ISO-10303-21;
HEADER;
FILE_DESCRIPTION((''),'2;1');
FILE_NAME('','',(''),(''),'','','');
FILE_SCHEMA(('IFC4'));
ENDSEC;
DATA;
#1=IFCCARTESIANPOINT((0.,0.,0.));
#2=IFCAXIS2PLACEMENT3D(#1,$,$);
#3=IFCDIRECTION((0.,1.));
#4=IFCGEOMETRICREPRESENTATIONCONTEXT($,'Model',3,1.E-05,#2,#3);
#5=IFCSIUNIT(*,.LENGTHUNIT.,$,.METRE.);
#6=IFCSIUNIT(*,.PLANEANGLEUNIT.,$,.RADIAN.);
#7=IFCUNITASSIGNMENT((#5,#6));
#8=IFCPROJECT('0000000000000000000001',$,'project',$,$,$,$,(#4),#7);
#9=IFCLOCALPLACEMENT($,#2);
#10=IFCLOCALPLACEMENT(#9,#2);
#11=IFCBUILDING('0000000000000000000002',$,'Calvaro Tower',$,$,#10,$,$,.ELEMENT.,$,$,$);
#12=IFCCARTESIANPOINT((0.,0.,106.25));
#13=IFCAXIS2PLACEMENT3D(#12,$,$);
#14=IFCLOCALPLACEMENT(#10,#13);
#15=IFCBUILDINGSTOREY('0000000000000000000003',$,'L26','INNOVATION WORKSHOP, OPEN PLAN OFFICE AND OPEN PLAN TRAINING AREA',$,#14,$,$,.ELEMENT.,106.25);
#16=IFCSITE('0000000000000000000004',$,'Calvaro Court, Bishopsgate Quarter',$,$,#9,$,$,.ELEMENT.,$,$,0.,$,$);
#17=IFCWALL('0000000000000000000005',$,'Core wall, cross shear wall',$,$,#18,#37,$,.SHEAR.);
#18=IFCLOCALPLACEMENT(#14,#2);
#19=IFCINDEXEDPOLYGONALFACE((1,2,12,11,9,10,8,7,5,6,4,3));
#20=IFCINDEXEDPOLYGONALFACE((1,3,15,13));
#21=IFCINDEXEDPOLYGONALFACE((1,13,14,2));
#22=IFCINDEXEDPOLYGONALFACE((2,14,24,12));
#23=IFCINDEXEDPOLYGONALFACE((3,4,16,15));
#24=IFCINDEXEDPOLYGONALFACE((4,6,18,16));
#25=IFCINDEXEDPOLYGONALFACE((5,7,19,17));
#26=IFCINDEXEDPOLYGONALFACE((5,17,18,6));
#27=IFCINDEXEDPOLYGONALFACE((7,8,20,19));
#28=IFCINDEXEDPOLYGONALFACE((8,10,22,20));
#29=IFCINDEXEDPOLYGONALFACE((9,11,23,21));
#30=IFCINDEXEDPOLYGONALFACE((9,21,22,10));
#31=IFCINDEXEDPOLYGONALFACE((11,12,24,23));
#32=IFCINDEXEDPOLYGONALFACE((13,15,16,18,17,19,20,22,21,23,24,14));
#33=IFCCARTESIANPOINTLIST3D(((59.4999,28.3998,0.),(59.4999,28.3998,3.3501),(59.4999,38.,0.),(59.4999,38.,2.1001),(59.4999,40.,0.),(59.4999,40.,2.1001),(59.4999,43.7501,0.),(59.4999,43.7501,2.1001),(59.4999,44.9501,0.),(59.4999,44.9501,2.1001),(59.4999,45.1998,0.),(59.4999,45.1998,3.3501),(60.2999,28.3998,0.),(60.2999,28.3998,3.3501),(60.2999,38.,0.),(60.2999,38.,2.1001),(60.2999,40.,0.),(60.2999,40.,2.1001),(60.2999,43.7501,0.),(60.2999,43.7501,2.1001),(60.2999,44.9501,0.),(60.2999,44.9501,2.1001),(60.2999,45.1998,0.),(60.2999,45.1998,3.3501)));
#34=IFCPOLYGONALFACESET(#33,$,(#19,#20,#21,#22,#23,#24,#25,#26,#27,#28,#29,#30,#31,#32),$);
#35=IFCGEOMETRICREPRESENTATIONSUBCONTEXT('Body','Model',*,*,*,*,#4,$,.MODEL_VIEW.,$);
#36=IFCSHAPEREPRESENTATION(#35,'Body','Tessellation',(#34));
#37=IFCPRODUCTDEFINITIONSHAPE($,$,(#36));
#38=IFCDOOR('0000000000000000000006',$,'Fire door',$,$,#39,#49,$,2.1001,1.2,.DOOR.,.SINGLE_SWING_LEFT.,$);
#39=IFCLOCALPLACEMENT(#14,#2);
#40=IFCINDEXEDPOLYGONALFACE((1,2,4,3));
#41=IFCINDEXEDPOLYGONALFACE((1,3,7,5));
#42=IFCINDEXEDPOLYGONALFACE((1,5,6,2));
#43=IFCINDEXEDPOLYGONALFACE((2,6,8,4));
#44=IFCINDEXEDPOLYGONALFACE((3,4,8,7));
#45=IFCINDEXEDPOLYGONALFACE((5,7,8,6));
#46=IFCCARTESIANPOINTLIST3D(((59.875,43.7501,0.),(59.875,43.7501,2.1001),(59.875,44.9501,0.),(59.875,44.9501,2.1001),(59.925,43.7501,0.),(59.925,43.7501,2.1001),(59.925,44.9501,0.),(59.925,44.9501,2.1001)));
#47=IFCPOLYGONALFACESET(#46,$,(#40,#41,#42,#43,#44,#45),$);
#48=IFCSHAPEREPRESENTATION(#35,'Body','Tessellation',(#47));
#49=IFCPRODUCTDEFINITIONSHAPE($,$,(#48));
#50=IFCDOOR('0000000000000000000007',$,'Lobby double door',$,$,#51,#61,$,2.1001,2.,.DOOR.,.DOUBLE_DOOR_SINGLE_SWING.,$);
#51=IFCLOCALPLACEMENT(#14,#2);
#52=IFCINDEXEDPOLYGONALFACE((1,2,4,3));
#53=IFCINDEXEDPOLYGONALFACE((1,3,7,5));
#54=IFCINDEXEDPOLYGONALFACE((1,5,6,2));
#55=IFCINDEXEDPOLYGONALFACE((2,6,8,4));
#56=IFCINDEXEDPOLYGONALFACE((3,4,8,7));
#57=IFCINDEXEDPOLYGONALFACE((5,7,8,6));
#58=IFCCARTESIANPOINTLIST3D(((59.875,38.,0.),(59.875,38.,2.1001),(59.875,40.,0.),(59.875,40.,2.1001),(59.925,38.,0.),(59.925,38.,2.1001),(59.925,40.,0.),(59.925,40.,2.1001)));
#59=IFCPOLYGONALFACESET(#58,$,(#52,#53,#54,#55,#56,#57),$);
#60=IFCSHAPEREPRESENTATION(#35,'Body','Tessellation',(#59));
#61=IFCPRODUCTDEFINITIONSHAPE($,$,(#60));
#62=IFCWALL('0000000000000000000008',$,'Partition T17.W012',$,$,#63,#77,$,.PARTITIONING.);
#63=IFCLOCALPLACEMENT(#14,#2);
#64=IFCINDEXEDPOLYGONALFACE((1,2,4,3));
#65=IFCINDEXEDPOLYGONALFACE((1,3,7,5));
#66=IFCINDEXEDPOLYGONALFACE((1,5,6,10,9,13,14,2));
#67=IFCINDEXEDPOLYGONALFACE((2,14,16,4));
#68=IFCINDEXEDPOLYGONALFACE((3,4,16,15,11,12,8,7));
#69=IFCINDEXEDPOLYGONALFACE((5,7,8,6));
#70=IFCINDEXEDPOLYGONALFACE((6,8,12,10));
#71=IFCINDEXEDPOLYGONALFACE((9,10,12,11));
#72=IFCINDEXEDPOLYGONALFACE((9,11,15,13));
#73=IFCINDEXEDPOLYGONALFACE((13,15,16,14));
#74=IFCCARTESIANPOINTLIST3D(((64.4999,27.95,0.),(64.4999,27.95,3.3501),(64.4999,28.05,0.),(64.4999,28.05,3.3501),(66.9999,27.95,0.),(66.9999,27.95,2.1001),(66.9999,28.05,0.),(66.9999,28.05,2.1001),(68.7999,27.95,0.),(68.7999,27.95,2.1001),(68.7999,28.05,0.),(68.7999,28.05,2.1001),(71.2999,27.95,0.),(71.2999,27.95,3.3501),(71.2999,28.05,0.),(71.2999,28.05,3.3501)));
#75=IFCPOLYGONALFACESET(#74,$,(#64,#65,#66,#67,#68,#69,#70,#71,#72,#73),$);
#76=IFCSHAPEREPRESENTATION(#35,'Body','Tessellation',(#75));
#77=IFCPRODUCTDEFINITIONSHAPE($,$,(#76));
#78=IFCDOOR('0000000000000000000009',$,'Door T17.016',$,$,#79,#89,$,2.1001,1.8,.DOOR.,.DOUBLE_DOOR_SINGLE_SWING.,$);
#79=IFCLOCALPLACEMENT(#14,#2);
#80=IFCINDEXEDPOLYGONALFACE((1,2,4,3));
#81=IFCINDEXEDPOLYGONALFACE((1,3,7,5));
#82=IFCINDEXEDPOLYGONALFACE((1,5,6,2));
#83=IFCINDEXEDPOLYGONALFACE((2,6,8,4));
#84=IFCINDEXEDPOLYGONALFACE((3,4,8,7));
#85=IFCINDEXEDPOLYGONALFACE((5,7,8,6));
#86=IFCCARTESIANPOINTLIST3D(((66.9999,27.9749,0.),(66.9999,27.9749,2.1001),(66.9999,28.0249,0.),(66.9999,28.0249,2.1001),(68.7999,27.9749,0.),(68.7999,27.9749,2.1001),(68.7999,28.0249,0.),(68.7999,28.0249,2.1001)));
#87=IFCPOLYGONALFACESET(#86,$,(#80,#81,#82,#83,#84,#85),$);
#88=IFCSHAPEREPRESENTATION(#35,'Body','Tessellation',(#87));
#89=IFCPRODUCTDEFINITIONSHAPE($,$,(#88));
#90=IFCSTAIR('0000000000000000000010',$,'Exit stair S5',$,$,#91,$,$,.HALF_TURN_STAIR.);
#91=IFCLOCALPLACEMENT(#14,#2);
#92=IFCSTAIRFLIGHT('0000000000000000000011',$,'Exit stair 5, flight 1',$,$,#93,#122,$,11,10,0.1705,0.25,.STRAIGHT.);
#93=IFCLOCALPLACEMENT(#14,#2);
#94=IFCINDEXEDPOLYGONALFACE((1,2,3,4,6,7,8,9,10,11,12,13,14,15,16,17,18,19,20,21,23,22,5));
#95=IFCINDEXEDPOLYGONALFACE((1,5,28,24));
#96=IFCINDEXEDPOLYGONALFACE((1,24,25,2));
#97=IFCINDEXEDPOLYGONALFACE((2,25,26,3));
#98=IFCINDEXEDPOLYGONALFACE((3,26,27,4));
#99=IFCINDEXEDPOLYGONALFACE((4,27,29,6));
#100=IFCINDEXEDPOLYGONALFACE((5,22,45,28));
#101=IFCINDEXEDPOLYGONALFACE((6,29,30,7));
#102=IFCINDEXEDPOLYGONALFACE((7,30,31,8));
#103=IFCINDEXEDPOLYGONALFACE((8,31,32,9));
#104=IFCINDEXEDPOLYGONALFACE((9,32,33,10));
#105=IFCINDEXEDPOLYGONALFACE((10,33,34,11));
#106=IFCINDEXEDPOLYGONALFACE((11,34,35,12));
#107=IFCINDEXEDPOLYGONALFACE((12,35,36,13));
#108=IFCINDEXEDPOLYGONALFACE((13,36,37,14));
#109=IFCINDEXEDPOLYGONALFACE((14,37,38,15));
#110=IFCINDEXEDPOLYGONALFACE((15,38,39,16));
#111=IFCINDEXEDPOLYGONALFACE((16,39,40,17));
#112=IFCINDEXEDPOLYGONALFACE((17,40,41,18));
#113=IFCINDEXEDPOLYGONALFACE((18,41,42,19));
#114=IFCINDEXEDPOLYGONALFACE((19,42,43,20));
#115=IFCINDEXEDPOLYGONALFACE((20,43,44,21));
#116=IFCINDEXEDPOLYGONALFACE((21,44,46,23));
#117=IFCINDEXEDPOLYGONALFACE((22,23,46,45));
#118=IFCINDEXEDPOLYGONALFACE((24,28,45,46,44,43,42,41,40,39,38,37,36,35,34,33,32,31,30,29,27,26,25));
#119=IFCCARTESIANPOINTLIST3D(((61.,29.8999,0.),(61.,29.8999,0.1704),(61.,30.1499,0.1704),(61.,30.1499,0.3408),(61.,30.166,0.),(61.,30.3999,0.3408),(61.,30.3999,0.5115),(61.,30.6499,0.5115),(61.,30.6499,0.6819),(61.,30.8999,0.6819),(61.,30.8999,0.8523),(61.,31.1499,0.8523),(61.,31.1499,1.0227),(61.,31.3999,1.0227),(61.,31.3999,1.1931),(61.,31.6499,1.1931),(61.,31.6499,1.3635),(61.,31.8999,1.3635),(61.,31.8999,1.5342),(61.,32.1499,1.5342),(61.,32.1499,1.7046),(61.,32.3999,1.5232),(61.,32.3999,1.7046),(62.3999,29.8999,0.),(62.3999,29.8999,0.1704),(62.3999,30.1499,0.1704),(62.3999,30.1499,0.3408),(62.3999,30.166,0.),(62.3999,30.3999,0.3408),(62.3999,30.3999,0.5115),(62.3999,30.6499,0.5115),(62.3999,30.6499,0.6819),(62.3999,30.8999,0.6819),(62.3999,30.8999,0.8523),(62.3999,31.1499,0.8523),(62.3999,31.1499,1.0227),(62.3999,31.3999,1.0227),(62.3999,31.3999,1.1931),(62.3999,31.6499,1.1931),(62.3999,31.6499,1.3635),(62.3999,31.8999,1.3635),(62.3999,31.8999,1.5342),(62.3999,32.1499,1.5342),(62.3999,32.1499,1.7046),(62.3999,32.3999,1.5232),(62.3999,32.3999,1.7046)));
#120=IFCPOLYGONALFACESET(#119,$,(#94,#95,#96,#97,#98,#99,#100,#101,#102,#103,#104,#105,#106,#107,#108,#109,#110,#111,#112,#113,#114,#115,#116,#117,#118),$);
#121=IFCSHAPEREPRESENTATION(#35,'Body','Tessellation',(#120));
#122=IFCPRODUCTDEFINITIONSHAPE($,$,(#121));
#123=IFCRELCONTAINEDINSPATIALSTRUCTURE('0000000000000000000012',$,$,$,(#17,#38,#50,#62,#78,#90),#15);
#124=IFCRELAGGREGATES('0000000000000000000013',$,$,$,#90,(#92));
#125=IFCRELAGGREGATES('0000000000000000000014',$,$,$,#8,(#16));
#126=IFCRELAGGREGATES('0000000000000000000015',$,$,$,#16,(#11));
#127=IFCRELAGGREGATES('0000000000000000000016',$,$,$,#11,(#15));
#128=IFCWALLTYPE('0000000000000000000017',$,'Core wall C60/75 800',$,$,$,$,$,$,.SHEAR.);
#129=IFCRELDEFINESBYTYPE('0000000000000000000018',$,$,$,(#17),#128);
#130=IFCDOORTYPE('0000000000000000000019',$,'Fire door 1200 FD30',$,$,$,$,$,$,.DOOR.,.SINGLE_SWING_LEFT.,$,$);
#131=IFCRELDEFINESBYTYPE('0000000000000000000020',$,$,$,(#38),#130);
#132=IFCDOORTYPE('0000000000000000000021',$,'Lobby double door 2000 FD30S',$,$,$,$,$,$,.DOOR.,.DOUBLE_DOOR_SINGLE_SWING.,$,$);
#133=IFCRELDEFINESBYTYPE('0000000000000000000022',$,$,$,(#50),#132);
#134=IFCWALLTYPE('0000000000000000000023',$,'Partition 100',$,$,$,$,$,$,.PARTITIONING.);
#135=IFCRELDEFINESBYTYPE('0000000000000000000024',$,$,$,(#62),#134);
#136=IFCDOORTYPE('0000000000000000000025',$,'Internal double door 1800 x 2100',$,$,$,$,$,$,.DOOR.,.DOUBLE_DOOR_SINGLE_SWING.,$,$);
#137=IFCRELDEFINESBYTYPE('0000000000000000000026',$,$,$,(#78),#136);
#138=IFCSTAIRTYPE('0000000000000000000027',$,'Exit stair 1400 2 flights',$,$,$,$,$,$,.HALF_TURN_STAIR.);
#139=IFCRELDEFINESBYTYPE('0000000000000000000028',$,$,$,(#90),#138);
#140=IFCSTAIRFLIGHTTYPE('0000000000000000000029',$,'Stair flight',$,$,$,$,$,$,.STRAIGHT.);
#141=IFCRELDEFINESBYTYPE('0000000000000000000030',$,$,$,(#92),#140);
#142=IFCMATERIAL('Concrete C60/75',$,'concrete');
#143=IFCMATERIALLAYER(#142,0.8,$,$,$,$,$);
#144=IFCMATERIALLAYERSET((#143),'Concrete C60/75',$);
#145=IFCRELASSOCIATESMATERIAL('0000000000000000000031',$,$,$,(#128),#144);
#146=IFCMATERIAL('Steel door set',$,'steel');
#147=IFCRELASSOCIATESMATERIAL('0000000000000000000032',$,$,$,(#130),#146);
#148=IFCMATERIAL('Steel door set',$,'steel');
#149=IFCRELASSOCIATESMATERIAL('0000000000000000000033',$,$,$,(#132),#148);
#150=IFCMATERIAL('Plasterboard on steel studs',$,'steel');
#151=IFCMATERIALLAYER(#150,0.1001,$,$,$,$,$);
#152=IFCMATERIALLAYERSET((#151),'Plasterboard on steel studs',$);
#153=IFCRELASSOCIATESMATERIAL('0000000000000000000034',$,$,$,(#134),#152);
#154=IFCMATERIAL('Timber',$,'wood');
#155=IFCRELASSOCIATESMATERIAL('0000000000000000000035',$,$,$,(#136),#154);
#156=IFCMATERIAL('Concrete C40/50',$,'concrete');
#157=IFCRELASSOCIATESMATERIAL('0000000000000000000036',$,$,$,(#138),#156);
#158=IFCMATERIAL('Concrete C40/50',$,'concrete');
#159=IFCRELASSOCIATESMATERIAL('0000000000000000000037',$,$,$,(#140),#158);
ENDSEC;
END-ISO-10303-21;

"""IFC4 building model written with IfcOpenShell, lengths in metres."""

from ifc_helpers import new_model, si_unit, direction, frame, frame_2d, origin, place, context, subcontext, project, spatial, polyline, rectangle, outline, extrude, material, layer, layer_set, type_object, element, fill, aggregate, save


model = new_model("IFC4")

# Units and contexts
model_context = context("Model", 3, precision=1e-05, world=origin(), true_north=direction((0.0, 1.0)))
body_context = subcontext(model_context, "Body", "Model", "MODEL_VIEW")
ifc_project = project(units=[si_unit("LENGTHUNIT", "METRE"), si_unit("PLANEANGLEUNIT", "RADIAN")], contexts=[model_context])

# Site, building, storey
site_placement = place(None, origin())
site = spatial("IfcSite", under=ifc_project, at=site_placement, Name="Calvaro Court, Bishopsgate Quarter", CompositionType="ELEMENT", RefElevation=0.0)
building_placement = place(site_placement, origin())
building = spatial("IfcBuilding", under=site, at=building_placement, Name="Calvaro Tower", CompositionType="ELEMENT")
storey_placement = place(building_placement, frame((0.0, 0.0, 106.25)))
storey = spatial("IfcBuildingStorey", under=building, at=storey_placement, Name="L26", Description="INNOVATION WORKSHOP, OPEN PLAN OFFICE AND OPEN PLAN TRAINING AREA", CompositionType="ELEMENT", Elevation=106.25)

# Wall, openings, doors
ifc_material_1 = material(Name="Concrete C60/75", Category="concrete")
ifc_layer_1 = layer(ifc_material_1, 0.8)
ifc_layer_set_1 = layer_set([ifc_layer_1], Name="Concrete C60/75")
wall_type_1 = type_object("IfcWallType", Name="Core wall C60/75 800", PredefinedType="SHEAR", material=ifc_layer_set_1)
wall_1_placement = place(storey_placement, frame((59.8999, 28.3999, 0.0), z_axis=(0.0, 0.0, 1.0), x_axis=(0.0, 1.0, 0.0)))
wall_1 = element("IfcWall", 1, at=wall_1_placement, inside=storey, type_object=wall_type_1, Name="Core wall, cross shear wall", PredefinedType="SHEAR", context=body_context, shape_type="SweptSolid", body=[
    extrude(rectangle(XDim=16.8, YDim=0.8, at=frame_2d((8.3999, 0.0))), origin(), (0.0, 0.0, 1.0), 3.3501),
])
opening_1_placement = place(wall_1_placement, frame((9.6001, 0.0, 0.0)))
opening_1 = element("IfcOpeningElement", 2, at=opening_1_placement, cuts=wall_1, PredefinedType="OPENING", context=body_context, shape_type="SweptSolid", body=[
    extrude(rectangle(XDim=2.0, YDim=2.1001, at=frame_2d((1.0, 1.05))), frame((0.0, 0.4099, 0.0), z_axis=(0.0, -1.0, 0.0), x_axis=(1.0, 0.0, 0.0)), (0.0, 0.0, 1.0), 0.8201),
])
opening_2_placement = place(wall_1_placement, frame((15.3501, 0.0, 0.0)))
opening_2 = element("IfcOpeningElement", 3, at=opening_2_placement, cuts=wall_1, PredefinedType="OPENING", context=body_context, shape_type="SweptSolid", body=[
    extrude(rectangle(XDim=1.2, YDim=2.1001, at=frame_2d((0.6001, 1.05))), frame((0.0, 0.4099, 0.0), z_axis=(0.0, -1.0, 0.0), x_axis=(1.0, 0.0, 0.0)), (0.0, 0.0, 1.0), 0.8201),
])
ifc_material_2 = material(Name="Steel door set", Category="steel")
door_type_1 = type_object("IfcDoorType", Name="Fire door 1200 FD30", OperationType="SINGLE_SWING_LEFT", PredefinedType="DOOR", material=ifc_material_2)
door_1_placement = place(opening_2_placement, origin())
door_1 = element("IfcDoor", 4, at=door_1_placement, inside=storey, type_object=door_type_1, Name="Fire door", OperationType="SINGLE_SWING_LEFT", OverallHeight=2.1001, OverallWidth=1.2, PredefinedType="DOOR", context=body_context, shape_type="SweptSolid", body=[
    extrude(rectangle(XDim=1.2, YDim=2.1001, at=frame_2d((0.6001, 1.05))), frame((0.0, 0.0249, 0.0), z_axis=(0.0, -1.0, 0.0), x_axis=(1.0, 0.0, 0.0)), (0.0, 0.0, 1.0), 0.05),
])
fill(opening_2, door_1)
ifc_material_3 = material(Name="Steel door set", Category="steel")
door_type_2 = type_object("IfcDoorType", Name="Lobby double door 2000 FD30S", OperationType="DOUBLE_DOOR_SINGLE_SWING", PredefinedType="DOOR", material=ifc_material_3)
door_2_placement = place(opening_1_placement, origin())
door_2 = element("IfcDoor", 5, at=door_2_placement, inside=storey, type_object=door_type_2, Name="Lobby double door", OperationType="DOUBLE_DOOR_SINGLE_SWING", OverallHeight=2.1001, OverallWidth=2.0, PredefinedType="DOOR", context=body_context, shape_type="SweptSolid", body=[
    extrude(rectangle(XDim=2.0, YDim=2.1001, at=frame_2d((1.0, 1.05))), frame((0.0, 0.0249, 0.0), z_axis=(0.0, -1.0, 0.0), x_axis=(1.0, 0.0, 0.0)), (0.0, 0.0, 1.0), 0.05),
])
fill(opening_1, door_2)

# Wall, opening, door
ifc_material_4 = material(Name="Plasterboard on steel studs", Category="steel")
ifc_layer_2 = layer(ifc_material_4, 0.1001)
ifc_layer_set_2 = layer_set([ifc_layer_2], Name="Plasterboard on steel studs")
wall_type_2 = type_object("IfcWallType", Name="Partition 100", PredefinedType="PARTITIONING", material=ifc_layer_set_2)
wall_2_placement = place(storey_placement, frame((64.5, 28.0, 0.0), z_axis=(0.0, 0.0, 1.0), x_axis=(1.0, 0.0, 0.0)))
wall_2 = element("IfcWall", 6, at=wall_2_placement, inside=storey, type_object=wall_type_2, Name="Partition T17.W012", PredefinedType="PARTITIONING", context=body_context, shape_type="SweptSolid", body=[
    extrude(rectangle(XDim=6.8, YDim=0.1001, at=frame_2d((3.3999, 0.0))), origin(), (0.0, 0.0, 1.0), 3.3501),
])
opening_3_placement = place(wall_2_placement, frame((2.5, 0.0, 0.0)))
opening_3 = element("IfcOpeningElement", 7, at=opening_3_placement, cuts=wall_2, PredefinedType="OPENING", context=body_context, shape_type="SweptSolid", body=[
    extrude(rectangle(XDim=1.8, YDim=2.1001, at=frame_2d((0.8999, 1.05))), frame((0.0, 0.0601, 0.0), z_axis=(0.0, -1.0, 0.0), x_axis=(1.0, 0.0, 0.0)), (0.0, 0.0, 1.0), 0.1201),
])
ifc_material_5 = material(Name="Timber", Category="wood")
door_type_3 = type_object("IfcDoorType", Name="Internal double door 1800 x 2100", OperationType="DOUBLE_DOOR_SINGLE_SWING", PredefinedType="DOOR", material=ifc_material_5)
door_3_placement = place(opening_3_placement, origin())
door_3 = element("IfcDoor", 8, at=door_3_placement, inside=storey, type_object=door_type_3, Name="Door T17.016", OperationType="DOUBLE_DOOR_SINGLE_SWING", OverallHeight=2.1001, OverallWidth=1.8, PredefinedType="DOOR", context=body_context, shape_type="SweptSolid", body=[
    extrude(rectangle(XDim=1.8, YDim=2.1001, at=frame_2d((0.8999, 1.05))), frame((0.0, 0.0249, 0.0), z_axis=(0.0, -1.0, 0.0), x_axis=(1.0, 0.0, 0.0)), (0.0, 0.0, 1.0), 0.05),
])
fill(opening_3, door_3)

# Stair, stair flight
ifc_material_6 = material(Name="Concrete C40/50", Category="concrete")
stair_type = type_object("IfcStairType", Name="Exit stair 1400 2 flights", PredefinedType="HALF_TURN_STAIR", material=ifc_material_6)
stair_1_placement = place(storey_placement, origin())
stair_1 = element("IfcStair", 9, at=stair_1_placement, inside=storey, type_object=stair_type, Name="Exit stair S5", PredefinedType="HALF_TURN_STAIR")
ifc_material_7 = material(Name="Concrete C40/50", Category="concrete")
stair_flight_type = type_object("IfcStairFlightType", Name="Stair flight", PredefinedType="STRAIGHT", material=ifc_material_7)
stair_flight_placement = place(storey_placement, frame((61.7, 29.8999, 0.0), z_axis=(0.0, 0.0, 1.0), x_axis=(0.0, 1.0, 0.0)))
stair_flight = element("IfcStairFlight", 10, at=stair_flight_placement, type_object=stair_flight_type, Name="Exit stair 5, flight 1", NumberOfRisers=11, NumberOfTreads=10, PredefinedType="STRAIGHT", RiserHeight=0.1705, TreadLength=0.25, context=body_context, shape_type="SweptSolid", body=[
    extrude(outline(polyline([(0.0, 0.0), (0.0, 0.1704), (0.25, 0.1704), (0.25, 0.3408), (0.5, 0.3408), (0.5, 0.5115), (0.75, 0.5115), (0.75, 0.6819), (1.0, 0.6819), (1.0, 0.8523), (1.25, 0.8523), (1.25, 1.0227), (1.5, 1.0227), (1.5, 1.1931), (1.75, 1.1931), (1.75, 1.3635), (2.0, 1.3635), (2.0, 1.5342), (2.25, 1.5342), (2.25, 1.7046), (2.5, 1.7046), (2.5, 1.875), (2.5, 1.5232), (0.2661, 0.0), (0.0, 0.0)])), frame((0.0, 0.7, 0.0), z_axis=(0.0, -1.0, 0.0), x_axis=(1.0, 0.0, 0.0)), (0.0, 0.0, 1.0), 1.3999),
])

aggregate(stair_1, [stair_flight])

save(model, "model.ifc")
